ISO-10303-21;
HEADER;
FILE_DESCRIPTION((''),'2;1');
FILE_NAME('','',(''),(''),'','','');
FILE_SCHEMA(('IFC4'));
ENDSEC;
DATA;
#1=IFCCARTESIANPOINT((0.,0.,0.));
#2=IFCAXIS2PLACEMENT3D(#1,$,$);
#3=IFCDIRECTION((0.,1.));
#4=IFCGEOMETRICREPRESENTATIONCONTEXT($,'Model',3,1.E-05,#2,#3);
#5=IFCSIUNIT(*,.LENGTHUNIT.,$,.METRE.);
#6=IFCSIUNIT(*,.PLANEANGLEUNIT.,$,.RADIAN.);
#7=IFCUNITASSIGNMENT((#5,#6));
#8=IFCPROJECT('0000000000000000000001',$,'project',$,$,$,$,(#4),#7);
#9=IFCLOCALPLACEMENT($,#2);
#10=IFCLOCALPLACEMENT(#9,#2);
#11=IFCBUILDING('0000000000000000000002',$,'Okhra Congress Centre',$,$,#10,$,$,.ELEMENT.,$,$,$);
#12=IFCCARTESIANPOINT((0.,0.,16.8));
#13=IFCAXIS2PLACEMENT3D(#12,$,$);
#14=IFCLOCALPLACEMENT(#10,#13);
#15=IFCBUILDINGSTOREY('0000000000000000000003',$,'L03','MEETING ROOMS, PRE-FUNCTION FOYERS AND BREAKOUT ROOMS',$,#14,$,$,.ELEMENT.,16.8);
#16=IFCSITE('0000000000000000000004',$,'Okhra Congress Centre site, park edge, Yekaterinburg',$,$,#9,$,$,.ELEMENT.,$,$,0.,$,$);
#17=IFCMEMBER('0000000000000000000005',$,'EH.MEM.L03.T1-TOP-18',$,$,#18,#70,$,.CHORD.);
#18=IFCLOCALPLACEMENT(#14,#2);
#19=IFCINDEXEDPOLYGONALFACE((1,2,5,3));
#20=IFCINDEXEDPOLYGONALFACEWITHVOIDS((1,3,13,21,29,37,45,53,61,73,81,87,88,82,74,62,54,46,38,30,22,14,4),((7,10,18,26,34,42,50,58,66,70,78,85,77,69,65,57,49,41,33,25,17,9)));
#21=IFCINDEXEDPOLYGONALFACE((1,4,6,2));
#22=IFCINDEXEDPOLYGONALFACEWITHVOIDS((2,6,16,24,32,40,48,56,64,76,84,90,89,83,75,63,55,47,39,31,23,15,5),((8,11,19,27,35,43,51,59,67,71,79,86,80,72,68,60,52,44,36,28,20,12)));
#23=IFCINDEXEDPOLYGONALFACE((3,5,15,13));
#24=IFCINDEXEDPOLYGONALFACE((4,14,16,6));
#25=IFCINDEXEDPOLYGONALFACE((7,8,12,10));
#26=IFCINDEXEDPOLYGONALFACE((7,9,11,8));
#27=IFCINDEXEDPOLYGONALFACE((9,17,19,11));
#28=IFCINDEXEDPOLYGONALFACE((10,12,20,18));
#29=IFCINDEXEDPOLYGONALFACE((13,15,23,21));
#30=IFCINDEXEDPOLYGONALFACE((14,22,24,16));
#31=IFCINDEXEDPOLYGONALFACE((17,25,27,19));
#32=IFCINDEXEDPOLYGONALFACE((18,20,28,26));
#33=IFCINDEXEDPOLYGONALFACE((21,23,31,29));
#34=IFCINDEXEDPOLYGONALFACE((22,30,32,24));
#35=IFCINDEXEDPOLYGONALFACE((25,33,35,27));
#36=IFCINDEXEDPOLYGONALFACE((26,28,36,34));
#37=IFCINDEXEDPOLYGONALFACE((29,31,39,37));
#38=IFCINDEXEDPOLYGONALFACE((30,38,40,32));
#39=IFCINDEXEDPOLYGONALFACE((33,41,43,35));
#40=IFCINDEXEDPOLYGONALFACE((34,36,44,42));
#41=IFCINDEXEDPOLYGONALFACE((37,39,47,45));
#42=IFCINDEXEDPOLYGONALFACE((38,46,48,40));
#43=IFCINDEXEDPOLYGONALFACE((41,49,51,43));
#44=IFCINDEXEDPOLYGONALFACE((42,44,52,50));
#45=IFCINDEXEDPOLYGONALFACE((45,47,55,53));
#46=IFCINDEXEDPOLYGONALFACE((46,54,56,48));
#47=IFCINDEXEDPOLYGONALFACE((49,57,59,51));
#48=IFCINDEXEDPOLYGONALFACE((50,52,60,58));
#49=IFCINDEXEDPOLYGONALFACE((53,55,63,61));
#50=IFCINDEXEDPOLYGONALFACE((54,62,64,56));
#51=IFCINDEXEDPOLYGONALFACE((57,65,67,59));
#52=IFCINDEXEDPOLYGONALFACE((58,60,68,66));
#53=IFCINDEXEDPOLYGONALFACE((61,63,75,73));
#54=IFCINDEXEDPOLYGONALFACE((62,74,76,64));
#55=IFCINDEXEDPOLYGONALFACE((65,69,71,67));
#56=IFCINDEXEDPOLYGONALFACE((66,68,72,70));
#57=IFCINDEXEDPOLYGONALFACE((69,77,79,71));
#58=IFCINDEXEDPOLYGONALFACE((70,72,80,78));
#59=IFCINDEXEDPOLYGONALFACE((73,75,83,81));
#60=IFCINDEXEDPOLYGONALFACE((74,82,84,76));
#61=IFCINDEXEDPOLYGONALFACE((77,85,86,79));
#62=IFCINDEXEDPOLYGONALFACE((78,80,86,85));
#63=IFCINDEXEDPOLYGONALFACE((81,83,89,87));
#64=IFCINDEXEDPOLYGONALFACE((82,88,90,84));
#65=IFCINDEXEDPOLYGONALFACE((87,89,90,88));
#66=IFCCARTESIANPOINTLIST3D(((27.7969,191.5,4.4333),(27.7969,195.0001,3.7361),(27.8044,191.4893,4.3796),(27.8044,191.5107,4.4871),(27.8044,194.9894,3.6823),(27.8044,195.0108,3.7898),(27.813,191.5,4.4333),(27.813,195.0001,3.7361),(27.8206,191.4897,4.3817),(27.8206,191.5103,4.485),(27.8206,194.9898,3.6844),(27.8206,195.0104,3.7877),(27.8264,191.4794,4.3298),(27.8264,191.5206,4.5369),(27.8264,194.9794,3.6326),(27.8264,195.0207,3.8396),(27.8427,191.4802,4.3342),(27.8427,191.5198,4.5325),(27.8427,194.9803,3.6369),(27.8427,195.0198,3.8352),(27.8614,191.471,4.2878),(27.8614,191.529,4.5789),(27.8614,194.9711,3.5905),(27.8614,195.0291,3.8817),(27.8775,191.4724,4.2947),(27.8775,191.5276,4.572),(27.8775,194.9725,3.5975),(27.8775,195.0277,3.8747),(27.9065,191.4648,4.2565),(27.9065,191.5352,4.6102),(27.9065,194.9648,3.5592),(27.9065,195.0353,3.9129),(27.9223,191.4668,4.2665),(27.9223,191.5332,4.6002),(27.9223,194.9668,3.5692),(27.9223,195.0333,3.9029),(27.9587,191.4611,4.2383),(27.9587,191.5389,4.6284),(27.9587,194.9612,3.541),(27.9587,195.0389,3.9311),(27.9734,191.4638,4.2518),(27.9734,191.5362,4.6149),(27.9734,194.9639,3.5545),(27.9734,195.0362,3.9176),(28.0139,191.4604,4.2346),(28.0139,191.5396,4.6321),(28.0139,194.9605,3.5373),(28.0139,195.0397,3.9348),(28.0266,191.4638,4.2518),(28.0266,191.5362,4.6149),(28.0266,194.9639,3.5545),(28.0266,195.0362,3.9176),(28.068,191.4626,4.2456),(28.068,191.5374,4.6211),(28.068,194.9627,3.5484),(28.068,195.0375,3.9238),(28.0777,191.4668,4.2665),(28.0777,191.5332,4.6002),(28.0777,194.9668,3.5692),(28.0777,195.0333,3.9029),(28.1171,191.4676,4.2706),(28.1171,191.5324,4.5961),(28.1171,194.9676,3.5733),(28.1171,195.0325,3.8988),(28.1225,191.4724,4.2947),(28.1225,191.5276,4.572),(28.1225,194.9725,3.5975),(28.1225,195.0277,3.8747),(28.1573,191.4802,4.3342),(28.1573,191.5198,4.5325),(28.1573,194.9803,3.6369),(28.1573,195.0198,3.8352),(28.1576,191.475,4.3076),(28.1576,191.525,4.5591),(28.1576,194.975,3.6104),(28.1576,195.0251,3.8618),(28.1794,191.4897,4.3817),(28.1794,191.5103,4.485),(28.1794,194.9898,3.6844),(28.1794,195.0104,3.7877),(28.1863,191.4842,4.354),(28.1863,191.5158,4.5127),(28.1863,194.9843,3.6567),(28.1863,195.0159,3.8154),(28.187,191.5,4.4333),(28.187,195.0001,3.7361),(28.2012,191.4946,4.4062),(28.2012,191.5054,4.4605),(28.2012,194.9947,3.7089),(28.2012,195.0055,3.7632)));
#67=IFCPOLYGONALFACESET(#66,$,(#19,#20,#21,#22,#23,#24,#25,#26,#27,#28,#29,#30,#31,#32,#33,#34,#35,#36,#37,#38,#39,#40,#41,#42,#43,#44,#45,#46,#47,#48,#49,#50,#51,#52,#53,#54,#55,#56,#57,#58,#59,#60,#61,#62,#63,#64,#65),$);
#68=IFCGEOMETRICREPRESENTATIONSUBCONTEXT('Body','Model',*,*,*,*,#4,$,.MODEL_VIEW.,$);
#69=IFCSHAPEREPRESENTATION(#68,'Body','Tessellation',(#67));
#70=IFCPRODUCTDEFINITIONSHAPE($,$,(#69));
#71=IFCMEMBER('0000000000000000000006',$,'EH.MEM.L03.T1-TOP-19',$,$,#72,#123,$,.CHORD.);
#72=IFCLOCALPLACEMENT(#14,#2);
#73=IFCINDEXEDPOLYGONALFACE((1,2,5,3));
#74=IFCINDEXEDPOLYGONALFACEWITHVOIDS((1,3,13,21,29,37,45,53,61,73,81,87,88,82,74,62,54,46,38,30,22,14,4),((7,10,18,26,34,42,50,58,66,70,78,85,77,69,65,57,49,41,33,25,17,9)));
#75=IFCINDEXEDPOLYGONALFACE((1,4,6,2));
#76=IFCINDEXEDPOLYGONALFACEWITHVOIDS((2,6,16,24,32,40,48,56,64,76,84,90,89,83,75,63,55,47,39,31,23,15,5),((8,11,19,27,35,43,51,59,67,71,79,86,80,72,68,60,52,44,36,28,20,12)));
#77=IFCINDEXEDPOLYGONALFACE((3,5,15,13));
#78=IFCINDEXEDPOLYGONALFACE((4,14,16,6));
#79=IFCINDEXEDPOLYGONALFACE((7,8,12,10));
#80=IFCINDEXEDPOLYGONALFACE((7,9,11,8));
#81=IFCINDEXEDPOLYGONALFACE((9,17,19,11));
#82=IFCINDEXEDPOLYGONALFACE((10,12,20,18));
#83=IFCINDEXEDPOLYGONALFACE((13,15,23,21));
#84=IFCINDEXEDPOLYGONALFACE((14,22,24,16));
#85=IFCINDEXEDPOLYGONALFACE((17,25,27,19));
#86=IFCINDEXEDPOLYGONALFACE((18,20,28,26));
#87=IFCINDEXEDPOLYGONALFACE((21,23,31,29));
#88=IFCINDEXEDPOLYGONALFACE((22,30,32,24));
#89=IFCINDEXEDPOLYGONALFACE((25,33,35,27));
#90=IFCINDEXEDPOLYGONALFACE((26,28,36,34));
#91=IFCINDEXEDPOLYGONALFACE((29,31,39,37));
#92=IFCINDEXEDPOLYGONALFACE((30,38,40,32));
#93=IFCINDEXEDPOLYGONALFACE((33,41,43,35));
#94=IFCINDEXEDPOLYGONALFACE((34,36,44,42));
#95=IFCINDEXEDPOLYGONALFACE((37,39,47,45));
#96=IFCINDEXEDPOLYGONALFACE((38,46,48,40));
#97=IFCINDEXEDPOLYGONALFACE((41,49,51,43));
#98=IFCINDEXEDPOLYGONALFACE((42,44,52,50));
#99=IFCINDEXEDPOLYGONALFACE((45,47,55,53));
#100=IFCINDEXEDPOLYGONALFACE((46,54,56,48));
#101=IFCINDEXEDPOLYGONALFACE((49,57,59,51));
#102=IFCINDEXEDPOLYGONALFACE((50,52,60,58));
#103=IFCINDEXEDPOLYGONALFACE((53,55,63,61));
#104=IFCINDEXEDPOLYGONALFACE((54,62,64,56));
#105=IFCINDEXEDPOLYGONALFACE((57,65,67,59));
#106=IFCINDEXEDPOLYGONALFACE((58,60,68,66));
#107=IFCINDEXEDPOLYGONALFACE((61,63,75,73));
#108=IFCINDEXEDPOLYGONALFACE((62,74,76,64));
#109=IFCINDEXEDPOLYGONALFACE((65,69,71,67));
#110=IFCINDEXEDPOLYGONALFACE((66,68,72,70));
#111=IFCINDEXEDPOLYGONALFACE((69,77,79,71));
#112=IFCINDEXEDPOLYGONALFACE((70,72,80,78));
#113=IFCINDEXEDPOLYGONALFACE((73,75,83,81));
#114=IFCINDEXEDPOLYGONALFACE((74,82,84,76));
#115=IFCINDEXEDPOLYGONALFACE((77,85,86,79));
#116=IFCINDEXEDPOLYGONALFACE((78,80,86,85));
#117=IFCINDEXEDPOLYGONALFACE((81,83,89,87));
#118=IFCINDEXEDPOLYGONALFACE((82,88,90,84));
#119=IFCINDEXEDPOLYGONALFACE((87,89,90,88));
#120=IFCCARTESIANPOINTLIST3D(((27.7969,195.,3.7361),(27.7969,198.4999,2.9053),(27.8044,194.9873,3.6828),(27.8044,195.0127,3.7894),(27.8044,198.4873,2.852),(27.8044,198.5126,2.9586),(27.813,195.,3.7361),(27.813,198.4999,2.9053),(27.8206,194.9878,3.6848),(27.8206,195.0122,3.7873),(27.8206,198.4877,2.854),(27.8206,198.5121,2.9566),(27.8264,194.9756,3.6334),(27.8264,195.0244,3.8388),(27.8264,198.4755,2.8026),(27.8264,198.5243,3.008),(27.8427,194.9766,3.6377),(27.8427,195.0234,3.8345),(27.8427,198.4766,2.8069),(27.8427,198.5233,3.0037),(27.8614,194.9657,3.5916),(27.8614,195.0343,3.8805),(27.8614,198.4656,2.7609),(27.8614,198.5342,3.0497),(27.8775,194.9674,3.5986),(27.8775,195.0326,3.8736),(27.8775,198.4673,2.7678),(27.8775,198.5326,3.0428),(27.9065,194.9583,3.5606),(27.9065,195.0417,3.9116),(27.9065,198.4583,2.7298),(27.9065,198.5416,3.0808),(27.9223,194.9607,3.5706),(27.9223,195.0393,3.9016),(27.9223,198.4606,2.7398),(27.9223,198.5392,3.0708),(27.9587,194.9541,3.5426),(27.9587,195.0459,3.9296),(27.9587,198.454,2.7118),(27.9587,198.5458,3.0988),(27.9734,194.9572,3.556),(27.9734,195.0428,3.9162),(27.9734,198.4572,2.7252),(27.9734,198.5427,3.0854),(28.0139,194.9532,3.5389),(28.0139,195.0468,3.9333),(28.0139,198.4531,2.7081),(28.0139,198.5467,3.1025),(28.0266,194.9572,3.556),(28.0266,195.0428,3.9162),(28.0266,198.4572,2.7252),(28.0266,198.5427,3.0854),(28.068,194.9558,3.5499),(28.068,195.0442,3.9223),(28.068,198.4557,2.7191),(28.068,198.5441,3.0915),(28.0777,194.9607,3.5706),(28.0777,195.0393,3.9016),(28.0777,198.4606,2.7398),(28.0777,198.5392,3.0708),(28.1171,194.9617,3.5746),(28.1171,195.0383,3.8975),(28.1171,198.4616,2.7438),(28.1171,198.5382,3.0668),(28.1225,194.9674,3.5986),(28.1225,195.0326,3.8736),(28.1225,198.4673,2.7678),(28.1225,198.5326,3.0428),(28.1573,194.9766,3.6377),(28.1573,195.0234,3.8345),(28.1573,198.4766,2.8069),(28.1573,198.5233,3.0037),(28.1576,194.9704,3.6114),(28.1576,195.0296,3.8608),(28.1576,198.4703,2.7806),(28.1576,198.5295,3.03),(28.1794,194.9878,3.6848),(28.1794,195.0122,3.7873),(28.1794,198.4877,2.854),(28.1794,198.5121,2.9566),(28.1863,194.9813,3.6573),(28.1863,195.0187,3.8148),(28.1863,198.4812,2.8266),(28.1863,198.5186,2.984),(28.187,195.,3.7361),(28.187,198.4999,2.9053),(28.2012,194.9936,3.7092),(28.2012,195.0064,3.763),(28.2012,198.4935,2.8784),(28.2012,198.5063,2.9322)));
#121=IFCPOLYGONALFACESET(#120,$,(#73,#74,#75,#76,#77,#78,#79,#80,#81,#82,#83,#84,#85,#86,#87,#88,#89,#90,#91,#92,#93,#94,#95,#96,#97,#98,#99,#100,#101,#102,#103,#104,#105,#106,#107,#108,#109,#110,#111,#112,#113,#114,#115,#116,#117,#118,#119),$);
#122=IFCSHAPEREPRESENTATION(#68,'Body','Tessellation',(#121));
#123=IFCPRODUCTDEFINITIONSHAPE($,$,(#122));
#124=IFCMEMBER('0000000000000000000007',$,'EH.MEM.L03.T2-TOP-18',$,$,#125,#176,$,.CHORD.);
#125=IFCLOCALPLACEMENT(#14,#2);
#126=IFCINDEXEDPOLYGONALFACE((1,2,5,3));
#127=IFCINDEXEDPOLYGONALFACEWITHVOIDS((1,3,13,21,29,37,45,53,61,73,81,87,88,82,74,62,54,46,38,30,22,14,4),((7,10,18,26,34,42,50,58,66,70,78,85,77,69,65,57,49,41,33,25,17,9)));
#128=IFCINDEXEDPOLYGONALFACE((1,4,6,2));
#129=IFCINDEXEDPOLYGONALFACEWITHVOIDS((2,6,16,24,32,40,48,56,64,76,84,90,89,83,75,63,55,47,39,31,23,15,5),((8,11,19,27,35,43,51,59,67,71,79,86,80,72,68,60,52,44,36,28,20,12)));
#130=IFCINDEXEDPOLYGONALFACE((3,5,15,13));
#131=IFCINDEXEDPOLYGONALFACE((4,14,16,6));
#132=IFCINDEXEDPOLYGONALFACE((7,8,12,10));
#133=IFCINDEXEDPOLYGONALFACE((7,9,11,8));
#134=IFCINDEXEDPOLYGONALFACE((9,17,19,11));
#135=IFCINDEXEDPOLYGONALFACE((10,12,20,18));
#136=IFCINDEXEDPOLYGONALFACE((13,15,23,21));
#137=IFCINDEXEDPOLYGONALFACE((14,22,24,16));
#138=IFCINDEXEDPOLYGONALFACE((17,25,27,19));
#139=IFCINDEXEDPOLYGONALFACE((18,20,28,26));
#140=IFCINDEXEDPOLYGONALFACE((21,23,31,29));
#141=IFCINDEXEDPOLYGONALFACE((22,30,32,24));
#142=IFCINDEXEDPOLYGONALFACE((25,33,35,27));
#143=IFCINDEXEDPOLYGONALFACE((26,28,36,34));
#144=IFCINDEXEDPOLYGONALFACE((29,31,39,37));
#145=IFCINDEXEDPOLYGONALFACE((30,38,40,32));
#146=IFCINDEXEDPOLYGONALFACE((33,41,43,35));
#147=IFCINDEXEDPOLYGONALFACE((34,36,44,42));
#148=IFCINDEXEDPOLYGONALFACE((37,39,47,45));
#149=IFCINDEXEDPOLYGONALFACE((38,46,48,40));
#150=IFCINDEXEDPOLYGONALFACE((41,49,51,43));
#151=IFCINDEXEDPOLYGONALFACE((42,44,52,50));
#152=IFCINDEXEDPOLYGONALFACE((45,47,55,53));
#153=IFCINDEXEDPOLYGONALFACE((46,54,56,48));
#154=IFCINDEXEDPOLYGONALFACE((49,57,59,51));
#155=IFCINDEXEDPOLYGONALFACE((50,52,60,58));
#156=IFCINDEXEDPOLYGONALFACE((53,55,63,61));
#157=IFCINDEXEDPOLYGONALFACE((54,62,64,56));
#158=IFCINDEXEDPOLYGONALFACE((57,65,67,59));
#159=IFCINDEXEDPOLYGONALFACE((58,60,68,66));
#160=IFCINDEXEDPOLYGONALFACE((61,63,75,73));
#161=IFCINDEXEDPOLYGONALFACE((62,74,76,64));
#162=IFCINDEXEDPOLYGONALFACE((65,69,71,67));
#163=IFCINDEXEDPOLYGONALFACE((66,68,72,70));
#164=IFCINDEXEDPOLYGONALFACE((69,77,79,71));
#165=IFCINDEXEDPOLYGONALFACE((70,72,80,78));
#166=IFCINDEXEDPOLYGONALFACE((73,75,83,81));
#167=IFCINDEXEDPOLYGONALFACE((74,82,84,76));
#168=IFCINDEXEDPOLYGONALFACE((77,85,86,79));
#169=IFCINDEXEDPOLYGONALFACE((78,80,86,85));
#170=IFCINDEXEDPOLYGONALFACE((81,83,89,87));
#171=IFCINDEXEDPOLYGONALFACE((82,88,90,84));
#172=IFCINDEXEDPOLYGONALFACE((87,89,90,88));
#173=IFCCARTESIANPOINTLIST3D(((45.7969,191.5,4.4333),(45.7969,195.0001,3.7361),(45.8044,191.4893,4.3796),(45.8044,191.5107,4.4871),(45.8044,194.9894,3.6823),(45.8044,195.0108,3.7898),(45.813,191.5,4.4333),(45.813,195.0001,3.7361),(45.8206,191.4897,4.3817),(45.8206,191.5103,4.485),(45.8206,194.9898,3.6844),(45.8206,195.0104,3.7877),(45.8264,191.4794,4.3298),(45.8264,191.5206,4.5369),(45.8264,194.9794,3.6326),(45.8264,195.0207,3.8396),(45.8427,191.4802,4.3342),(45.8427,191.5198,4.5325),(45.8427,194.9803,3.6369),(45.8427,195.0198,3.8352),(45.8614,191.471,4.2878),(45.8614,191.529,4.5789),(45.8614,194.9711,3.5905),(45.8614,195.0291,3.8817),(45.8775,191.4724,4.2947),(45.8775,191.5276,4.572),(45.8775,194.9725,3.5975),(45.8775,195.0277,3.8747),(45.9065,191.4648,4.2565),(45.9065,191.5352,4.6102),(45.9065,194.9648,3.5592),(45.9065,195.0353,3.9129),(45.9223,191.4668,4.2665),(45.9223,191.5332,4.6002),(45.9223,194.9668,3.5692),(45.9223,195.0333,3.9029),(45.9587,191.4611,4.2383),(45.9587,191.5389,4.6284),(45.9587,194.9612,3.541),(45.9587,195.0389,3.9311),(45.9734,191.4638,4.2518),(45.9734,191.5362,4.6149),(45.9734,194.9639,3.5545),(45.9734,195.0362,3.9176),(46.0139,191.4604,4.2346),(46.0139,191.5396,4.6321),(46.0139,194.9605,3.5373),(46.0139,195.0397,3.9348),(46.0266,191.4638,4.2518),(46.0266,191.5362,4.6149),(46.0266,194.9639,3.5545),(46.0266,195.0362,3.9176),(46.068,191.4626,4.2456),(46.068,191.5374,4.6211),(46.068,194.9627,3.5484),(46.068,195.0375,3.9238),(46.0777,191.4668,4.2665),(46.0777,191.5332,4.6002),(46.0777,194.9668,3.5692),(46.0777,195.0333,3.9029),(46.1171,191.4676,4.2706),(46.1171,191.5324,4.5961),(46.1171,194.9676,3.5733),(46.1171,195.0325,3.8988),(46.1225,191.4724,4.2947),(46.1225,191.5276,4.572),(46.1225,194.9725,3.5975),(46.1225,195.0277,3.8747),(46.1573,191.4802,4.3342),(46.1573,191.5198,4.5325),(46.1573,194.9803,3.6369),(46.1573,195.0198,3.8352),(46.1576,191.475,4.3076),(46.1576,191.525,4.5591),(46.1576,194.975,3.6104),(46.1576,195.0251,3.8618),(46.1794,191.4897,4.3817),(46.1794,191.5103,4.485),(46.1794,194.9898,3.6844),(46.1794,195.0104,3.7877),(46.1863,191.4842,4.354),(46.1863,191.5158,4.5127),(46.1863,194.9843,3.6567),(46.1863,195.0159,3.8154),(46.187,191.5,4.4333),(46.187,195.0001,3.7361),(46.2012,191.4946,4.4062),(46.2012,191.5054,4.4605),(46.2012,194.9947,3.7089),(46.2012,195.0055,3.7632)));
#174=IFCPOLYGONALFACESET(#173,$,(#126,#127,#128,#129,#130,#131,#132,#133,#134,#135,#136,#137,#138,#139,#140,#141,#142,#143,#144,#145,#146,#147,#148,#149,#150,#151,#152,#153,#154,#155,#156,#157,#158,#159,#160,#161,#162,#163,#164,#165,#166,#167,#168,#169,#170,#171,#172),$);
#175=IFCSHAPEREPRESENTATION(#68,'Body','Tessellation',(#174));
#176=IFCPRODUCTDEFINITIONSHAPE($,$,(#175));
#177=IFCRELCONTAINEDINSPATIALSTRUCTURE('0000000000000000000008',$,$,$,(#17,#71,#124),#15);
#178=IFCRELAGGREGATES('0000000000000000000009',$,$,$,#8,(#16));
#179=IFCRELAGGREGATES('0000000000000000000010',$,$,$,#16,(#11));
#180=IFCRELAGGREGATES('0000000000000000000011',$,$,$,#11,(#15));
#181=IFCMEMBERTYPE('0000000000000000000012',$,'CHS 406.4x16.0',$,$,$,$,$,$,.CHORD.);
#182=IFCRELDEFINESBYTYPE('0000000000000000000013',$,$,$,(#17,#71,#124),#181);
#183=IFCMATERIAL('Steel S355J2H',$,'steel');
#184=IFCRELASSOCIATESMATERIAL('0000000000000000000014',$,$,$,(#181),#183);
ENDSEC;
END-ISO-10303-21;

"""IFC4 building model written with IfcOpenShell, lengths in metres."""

from ifc_helpers import new_model, si_unit, direction, frame, origin, origin_2d, place, context, subcontext, project, spatial, hollow_circle, extrude, material, material_profile, profile_set, type_object, element, save


model = new_model("IFC4")

# Units and contexts
model_context = context("Model", 3, precision=1e-05, world=origin(), true_north=direction((0.0, 1.0)))
body_context = subcontext(model_context, "Body", "Model", "MODEL_VIEW")
ifc_project = project(units=[si_unit("LENGTHUNIT", "METRE"), si_unit("PLANEANGLEUNIT", "RADIAN")], contexts=[model_context])

# Site, building, storey
site_placement = place(None, origin())
site = spatial("IfcSite", under=ifc_project, at=site_placement, Name="Okhra Congress Centre site, park edge, Yekaterinburg", CompositionType="ELEMENT", RefElevation=0.0)
building_placement = place(site_placement, origin())
building = spatial("IfcBuilding", under=site, at=building_placement, Name="Okhra Congress Centre", CompositionType="ELEMENT")
storey_placement = place(building_placement, frame((0.0, 0.0, 16.8)))
storey = spatial("IfcBuildingStorey", under=building, at=storey_placement, Name="L03", Description="MEETING ROOMS, PRE-FUNCTION FOYERS AND BREAKOUT ROOMS", CompositionType="ELEMENT", Elevation=16.8)

# Members
ifc_material_1 = material(Name="Steel S355J2H", Category="steel")
ifc_material_profile_1 = material_profile(ifc_material_1, hollow_circle(Radius=0.2031, WallThickness=0.0161, at=origin_2d()), Name="CHS 406.4x16.0")
ifc_profile_set_1 = profile_set([ifc_material_profile_1], Name="Steel S355J2H")
member_type_1 = type_object("IfcMemberType", Name="CHS 406.4x16.0", PredefinedType="CHORD", material=ifc_profile_set_1)
member_1_placement = place(storey_placement, frame((28.0, 191.5, 4.4333), z_axis=(0.0, 0.980728, -0.195379), x_axis=(-1.0, 0.0, 0.0)))
element("IfcMember", 1, at=member_1_placement, inside=storey, type_object=member_type_1, Name="EH.MEM.L03.T1-TOP-18", PredefinedType="CHORD", context=body_context, shape_type="SweptSolid", body=[
    extrude(hollow_circle(Radius=0.2031, WallThickness=0.0161, at=origin_2d()), origin(), (0.0, 0.0, 1.0), 3.5688),
])
member_2_placement = place(storey_placement, frame((28.0, 195.0, 3.7361), z_axis=(0.0, 0.972964, -0.230957), x_axis=(-1.0, 0.0, 0.0)))
element("IfcMember", 2, at=member_2_placement, inside=storey, type_object=member_type_1, Name="EH.MEM.L03.T1-TOP-19", PredefinedType="CHORD", context=body_context, shape_type="SweptSolid", body=[
    extrude(hollow_circle(Radius=0.2031, WallThickness=0.0161, at=origin_2d()), origin(), (0.0, 0.0, 1.0), 3.5972),
])
member_3_placement = place(storey_placement, frame((46.0, 191.5, 4.4333), z_axis=(0.0, 0.980728, -0.195379), x_axis=(-1.0, 0.0, 0.0)))
element("IfcMember", 3, at=member_3_placement, inside=storey, type_object=member_type_1, Name="EH.MEM.L03.T2-TOP-18", PredefinedType="CHORD", context=body_context, shape_type="SweptSolid", body=[
    extrude(hollow_circle(Radius=0.2031, WallThickness=0.0161, at=origin_2d()), origin(), (0.0, 0.0, 1.0), 3.5688),
])

save(model, "model.ifc")
